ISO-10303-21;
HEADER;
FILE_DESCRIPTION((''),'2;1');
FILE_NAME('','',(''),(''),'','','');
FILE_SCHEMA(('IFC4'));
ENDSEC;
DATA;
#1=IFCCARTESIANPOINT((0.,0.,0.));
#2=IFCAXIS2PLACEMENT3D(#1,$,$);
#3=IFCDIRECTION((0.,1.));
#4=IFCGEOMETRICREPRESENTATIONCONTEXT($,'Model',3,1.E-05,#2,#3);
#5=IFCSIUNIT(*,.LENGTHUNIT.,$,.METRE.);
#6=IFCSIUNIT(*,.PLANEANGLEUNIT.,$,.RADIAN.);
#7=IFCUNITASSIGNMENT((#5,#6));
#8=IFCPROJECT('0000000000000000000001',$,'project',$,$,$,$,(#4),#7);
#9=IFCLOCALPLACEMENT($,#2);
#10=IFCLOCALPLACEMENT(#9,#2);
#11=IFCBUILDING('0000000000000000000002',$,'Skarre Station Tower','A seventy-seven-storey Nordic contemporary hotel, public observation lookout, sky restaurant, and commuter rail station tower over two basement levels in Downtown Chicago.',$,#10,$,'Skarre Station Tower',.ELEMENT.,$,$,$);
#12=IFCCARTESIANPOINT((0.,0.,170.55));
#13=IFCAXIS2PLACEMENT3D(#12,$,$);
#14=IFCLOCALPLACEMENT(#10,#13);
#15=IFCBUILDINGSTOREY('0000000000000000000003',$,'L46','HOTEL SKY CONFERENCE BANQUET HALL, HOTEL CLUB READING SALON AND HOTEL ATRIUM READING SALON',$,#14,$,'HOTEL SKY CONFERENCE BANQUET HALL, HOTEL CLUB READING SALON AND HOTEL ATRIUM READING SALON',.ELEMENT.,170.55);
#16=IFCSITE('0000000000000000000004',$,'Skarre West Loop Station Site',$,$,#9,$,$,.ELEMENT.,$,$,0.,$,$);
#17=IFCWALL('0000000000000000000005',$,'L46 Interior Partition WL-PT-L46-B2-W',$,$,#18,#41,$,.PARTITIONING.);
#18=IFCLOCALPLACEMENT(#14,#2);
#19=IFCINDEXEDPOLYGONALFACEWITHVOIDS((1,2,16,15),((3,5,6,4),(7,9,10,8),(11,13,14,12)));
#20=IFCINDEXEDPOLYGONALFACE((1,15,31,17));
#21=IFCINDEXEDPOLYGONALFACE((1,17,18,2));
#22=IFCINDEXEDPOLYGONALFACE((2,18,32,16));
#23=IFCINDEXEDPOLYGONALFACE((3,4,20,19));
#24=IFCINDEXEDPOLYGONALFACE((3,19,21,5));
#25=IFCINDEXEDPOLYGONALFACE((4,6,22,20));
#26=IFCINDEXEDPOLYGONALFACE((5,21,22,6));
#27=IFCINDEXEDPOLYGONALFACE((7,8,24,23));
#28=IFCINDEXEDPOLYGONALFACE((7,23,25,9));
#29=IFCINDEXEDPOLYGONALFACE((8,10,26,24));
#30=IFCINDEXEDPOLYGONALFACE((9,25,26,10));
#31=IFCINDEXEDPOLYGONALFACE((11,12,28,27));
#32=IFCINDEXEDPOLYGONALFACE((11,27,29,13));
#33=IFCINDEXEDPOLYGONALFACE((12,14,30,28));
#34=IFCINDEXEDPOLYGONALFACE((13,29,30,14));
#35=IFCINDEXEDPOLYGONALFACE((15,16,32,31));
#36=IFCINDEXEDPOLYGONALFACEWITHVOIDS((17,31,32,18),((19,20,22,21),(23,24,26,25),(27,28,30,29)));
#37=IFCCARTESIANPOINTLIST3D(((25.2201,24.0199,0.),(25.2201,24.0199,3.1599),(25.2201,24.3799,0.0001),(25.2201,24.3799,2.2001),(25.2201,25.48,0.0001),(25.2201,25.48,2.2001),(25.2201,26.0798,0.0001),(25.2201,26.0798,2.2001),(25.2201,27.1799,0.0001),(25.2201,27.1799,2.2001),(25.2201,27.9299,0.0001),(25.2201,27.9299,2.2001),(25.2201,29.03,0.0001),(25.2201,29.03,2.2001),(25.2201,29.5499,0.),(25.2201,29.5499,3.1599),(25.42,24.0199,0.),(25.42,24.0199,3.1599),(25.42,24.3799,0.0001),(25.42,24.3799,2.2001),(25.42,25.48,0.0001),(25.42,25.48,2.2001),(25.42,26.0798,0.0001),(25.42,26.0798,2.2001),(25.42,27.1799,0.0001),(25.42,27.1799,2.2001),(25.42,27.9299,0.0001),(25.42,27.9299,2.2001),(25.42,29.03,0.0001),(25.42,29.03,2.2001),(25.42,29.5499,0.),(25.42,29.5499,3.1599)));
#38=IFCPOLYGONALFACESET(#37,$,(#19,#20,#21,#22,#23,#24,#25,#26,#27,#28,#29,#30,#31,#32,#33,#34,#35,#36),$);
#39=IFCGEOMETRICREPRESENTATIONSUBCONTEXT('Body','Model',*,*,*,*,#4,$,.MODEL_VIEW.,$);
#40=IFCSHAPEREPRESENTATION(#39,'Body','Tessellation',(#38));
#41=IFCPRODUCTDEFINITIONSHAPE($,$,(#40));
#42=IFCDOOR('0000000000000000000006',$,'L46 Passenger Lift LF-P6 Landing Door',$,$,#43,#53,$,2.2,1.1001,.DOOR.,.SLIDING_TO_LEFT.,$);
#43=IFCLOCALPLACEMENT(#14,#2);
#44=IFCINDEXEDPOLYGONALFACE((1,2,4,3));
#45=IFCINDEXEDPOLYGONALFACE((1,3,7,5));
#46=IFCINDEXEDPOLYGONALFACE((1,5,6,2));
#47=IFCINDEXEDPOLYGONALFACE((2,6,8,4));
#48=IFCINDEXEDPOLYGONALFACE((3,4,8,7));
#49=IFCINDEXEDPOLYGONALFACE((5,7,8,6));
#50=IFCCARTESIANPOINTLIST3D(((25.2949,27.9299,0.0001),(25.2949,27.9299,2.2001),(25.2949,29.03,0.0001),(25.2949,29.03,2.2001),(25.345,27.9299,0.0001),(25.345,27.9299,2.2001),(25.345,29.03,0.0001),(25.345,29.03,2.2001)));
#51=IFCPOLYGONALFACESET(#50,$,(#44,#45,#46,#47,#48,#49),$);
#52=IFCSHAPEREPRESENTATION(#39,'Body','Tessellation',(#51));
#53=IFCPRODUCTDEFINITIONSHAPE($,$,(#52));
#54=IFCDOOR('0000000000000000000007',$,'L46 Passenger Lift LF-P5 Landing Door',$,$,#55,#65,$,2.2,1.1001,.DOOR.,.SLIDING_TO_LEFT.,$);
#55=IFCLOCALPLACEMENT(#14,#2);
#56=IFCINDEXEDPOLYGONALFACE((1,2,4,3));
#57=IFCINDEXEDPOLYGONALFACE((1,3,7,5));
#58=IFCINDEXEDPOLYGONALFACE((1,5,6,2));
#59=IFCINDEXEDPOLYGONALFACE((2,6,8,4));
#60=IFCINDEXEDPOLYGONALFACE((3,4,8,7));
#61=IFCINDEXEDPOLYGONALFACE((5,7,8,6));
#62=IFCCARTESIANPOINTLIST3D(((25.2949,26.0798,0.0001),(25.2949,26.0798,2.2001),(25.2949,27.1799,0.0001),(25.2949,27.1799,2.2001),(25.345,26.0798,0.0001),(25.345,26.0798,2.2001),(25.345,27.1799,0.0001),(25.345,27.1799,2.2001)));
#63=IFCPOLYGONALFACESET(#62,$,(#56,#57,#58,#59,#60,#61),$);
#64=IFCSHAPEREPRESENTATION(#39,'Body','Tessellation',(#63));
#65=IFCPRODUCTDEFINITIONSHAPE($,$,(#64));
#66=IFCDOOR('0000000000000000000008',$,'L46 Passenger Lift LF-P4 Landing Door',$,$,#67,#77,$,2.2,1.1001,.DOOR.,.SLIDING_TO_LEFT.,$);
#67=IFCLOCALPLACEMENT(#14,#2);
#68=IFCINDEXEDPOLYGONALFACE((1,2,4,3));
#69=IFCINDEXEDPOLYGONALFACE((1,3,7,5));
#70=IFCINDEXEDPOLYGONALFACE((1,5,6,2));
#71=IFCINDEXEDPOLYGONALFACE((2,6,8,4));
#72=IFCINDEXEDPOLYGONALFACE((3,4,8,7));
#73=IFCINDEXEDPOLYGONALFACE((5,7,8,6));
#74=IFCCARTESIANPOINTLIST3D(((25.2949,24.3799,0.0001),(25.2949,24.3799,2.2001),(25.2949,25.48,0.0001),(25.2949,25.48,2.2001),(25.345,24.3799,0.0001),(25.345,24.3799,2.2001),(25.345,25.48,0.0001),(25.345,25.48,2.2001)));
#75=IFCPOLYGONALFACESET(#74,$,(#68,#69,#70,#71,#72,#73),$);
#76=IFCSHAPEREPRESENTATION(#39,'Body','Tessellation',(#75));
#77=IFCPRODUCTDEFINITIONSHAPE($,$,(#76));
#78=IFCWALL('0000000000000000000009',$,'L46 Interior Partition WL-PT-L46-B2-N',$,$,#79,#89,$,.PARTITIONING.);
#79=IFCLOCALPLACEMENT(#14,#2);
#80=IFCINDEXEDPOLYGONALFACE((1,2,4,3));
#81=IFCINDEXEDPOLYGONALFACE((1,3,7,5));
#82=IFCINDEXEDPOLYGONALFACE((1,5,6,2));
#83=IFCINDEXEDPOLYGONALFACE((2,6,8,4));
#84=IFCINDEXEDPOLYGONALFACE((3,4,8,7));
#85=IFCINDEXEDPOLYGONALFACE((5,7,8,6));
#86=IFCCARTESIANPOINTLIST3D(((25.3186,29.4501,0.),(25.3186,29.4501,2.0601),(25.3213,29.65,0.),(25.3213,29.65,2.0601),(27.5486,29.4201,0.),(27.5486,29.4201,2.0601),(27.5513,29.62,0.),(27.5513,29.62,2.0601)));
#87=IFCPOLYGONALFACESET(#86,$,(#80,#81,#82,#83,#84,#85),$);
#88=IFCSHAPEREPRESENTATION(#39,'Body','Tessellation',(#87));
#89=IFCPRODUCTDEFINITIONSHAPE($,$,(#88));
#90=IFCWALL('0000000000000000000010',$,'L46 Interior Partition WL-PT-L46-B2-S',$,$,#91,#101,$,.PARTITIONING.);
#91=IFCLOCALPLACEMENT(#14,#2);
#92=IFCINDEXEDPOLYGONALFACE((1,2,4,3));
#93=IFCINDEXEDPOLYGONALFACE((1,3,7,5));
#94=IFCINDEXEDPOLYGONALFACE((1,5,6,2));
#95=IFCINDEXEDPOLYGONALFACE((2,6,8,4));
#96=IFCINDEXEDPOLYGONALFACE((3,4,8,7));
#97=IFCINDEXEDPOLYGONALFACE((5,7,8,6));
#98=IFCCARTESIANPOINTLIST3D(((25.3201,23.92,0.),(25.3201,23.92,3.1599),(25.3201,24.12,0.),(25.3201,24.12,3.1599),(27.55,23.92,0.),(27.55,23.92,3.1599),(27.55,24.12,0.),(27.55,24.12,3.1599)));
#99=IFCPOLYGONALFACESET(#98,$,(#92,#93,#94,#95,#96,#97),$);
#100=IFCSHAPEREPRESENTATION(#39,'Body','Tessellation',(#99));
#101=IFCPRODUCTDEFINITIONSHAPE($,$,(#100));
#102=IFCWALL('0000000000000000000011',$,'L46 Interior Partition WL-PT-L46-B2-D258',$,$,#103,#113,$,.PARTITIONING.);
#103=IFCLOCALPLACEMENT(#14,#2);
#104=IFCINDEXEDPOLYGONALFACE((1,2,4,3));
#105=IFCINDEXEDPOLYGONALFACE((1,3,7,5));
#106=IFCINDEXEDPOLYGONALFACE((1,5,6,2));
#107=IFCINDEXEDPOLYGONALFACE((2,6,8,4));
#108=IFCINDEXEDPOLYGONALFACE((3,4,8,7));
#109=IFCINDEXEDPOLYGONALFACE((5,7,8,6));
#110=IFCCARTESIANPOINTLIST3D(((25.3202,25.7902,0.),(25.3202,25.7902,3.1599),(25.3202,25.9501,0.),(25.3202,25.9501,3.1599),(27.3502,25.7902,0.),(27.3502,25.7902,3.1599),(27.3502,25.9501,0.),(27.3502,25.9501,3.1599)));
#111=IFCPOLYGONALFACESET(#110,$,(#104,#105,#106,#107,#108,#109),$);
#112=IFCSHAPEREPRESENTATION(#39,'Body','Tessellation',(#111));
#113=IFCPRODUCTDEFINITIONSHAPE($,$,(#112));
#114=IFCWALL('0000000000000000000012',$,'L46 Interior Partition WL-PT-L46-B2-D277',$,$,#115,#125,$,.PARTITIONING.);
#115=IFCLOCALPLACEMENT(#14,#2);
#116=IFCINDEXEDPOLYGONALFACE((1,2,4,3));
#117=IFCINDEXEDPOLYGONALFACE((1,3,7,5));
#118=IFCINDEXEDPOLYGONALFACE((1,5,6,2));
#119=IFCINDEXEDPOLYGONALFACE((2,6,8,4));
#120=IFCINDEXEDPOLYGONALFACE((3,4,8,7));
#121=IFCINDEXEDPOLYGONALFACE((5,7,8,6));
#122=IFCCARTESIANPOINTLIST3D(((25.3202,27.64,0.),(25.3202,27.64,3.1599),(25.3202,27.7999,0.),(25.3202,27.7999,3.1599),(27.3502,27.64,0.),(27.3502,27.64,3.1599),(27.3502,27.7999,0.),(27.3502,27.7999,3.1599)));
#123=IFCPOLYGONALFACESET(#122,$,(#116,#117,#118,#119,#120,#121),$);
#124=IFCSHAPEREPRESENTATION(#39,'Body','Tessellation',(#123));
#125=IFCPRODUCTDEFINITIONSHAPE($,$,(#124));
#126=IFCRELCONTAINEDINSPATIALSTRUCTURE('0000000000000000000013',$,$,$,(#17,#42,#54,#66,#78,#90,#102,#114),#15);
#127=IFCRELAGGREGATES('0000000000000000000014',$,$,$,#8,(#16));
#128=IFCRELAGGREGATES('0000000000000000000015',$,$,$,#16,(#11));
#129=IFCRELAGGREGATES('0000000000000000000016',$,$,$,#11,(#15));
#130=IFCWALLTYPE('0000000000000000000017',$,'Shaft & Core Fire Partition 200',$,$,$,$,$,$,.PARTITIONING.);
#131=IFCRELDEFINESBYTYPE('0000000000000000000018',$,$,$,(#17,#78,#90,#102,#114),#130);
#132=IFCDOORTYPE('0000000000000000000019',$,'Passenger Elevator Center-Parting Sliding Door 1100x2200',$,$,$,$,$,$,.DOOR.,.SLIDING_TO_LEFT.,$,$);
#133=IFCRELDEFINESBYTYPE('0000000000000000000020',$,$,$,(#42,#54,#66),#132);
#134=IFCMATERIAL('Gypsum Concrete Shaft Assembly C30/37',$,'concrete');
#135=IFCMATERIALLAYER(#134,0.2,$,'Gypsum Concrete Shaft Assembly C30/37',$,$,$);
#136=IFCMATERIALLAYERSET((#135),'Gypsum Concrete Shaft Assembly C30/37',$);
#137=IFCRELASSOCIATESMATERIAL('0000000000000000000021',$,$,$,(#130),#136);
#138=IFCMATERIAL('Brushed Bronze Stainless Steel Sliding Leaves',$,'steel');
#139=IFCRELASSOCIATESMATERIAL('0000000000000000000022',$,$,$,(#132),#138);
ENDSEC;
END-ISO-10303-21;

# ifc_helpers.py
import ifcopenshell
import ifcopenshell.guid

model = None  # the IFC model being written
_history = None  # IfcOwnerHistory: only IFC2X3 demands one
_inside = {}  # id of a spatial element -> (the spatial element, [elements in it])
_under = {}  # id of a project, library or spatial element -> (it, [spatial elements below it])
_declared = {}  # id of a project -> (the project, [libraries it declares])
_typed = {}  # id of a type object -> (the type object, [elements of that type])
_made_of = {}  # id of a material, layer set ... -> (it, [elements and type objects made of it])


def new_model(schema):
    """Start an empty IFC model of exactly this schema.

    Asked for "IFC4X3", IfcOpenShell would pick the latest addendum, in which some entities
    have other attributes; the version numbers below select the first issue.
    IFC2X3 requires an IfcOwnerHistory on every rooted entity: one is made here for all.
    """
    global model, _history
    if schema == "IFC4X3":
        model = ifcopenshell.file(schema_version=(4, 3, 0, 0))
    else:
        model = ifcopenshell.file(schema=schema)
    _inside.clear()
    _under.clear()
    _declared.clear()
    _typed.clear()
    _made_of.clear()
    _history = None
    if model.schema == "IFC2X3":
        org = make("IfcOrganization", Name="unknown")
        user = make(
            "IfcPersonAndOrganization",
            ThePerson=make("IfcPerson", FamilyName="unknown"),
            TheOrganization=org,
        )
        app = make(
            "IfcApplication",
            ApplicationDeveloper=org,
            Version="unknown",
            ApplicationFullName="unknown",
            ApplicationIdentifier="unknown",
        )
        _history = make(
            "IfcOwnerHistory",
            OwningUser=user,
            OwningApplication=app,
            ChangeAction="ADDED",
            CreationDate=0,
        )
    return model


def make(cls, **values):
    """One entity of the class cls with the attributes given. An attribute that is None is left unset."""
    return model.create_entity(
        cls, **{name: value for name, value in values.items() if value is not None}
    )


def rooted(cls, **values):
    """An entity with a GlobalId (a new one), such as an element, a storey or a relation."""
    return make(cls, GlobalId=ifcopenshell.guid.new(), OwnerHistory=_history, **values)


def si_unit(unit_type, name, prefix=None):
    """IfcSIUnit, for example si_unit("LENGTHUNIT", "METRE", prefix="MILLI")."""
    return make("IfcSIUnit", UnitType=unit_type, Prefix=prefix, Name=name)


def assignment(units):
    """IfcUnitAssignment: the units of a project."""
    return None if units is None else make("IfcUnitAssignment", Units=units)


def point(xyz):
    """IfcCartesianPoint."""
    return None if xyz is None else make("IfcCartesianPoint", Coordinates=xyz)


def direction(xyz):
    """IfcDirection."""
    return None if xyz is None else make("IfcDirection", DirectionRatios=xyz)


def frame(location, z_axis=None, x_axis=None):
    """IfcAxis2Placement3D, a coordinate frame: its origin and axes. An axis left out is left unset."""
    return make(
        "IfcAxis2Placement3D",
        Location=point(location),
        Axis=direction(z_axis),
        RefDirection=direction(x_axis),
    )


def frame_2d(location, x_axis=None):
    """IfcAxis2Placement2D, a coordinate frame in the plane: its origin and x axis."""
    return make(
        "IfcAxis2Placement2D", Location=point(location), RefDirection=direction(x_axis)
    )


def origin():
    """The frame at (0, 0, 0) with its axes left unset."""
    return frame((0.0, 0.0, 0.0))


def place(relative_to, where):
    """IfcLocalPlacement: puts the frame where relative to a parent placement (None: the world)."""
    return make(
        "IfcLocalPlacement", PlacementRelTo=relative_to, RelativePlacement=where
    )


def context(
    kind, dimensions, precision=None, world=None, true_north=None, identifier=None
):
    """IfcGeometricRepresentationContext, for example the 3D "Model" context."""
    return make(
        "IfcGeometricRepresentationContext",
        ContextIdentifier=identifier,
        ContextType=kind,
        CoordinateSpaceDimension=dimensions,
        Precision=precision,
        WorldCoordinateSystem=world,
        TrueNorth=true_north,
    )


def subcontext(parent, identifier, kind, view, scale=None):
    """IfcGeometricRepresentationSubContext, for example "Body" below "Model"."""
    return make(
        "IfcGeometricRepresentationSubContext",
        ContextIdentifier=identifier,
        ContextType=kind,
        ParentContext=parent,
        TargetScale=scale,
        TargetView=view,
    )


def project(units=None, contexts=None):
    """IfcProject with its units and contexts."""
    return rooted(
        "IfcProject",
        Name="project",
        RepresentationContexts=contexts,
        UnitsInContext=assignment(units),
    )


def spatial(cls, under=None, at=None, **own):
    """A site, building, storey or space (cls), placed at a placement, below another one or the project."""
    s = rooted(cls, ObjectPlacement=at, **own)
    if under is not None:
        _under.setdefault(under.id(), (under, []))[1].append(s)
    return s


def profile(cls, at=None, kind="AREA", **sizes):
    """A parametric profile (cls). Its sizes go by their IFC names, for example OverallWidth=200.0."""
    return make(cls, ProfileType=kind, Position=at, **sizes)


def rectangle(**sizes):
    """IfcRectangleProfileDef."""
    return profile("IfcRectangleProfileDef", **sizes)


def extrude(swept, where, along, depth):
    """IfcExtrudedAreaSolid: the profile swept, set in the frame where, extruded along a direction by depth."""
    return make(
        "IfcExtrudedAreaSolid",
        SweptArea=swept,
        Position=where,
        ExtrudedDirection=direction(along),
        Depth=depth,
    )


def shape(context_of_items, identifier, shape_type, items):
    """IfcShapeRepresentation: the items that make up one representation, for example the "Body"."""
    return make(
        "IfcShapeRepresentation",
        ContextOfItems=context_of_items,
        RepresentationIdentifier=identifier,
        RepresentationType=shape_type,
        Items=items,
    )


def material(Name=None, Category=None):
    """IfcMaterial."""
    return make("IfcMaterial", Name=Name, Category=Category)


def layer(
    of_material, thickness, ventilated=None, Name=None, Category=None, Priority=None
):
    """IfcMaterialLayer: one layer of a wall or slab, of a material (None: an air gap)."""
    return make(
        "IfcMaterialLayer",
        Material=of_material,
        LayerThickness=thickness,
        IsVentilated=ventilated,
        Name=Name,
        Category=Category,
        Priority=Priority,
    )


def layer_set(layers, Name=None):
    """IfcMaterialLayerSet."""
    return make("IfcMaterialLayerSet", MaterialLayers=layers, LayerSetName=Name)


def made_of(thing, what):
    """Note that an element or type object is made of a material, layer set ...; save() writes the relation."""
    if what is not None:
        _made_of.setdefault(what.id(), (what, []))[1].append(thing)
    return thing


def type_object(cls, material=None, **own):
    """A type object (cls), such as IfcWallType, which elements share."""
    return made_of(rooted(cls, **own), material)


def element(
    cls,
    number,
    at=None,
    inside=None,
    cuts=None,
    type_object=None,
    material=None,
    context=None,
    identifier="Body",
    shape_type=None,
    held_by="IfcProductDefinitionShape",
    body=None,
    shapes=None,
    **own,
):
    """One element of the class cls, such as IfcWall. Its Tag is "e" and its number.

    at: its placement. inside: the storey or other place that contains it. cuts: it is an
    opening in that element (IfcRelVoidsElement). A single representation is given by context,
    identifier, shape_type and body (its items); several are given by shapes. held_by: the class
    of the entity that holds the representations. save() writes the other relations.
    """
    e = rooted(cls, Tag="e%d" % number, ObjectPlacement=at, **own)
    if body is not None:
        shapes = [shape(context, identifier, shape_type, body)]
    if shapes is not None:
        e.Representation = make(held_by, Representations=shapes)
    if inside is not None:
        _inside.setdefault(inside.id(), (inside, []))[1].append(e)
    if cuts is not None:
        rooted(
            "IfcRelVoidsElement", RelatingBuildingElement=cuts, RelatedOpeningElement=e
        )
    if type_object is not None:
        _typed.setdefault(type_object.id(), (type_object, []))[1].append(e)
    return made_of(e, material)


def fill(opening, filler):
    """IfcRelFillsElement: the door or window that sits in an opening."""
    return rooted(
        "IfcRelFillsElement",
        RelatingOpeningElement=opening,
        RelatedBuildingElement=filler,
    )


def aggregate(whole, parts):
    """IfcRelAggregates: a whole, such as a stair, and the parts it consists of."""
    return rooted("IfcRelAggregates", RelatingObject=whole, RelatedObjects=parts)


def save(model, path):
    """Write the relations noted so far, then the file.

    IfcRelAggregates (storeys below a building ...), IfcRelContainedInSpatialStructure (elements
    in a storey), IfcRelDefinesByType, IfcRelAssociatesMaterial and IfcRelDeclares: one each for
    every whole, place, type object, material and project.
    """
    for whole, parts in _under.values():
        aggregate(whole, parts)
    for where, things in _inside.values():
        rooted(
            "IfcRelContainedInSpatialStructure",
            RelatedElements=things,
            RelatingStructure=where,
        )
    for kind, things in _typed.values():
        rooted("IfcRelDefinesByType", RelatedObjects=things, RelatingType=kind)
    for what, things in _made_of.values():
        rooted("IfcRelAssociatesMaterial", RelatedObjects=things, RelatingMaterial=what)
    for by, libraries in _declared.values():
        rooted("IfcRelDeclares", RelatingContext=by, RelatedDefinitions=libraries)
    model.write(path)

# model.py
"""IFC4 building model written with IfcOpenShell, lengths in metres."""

from ifc_helpers import new_model, si_unit, direction, frame, frame_2d, origin, place, context, subcontext, project, spatial, rectangle, extrude, material, layer, layer_set, type_object, element, fill, save


model = new_model("IFC4")

# Units and contexts
model_context = context("Model", 3, precision=1e-05, world=origin(), true_north=direction((0.0, 1.0)))
body_context = subcontext(model_context, "Body", "Model", "MODEL_VIEW")
ifc_project = project(units=[si_unit("LENGTHUNIT", "METRE"), si_unit("PLANEANGLEUNIT", "RADIAN")], contexts=[model_context])

# Site, building, storey
site_placement = place(None, origin())
site = spatial("IfcSite", under=ifc_project, at=site_placement, Name="Skarre West Loop Station Site", CompositionType="ELEMENT", RefElevation=0.0)
building_placement = place(site_placement, origin())
building = spatial("IfcBuilding", under=site, at=building_placement, Name="Skarre Station Tower", Description="A seventy-seven-storey Nordic contemporary hotel, public observation lookout, sky restaurant, and commuter rail station tower over two basement levels in Downtown Chicago.", LongName="Skarre Station Tower", CompositionType="ELEMENT")
storey_placement = place(building_placement, frame((0.0, 0.0, 170.55)))
storey = spatial("IfcBuildingStorey", under=building, at=storey_placement, Name="L46", Description="HOTEL SKY CONFERENCE BANQUET HALL, HOTEL CLUB READING SALON AND HOTEL ATRIUM READING SALON", LongName="HOTEL SKY CONFERENCE BANQUET HALL, HOTEL CLUB READING SALON AND HOTEL ATRIUM READING SALON", CompositionType="ELEMENT", Elevation=170.55)

# Shared definitions
ifc_material_1 = material(Name="Gypsum Concrete Shaft Assembly C30/37", Category="concrete")
ifc_layer_1 = layer(ifc_material_1, 0.2, Name="Gypsum Concrete Shaft Assembly C30/37")
ifc_layer_set_1 = layer_set([ifc_layer_1], Name="Gypsum Concrete Shaft Assembly C30/37")
wall_type_1 = type_object("IfcWallType", Name="Shaft & Core Fire Partition 200", PredefinedType="PARTITIONING", material=ifc_layer_set_1)

# Wall, openings, doors
wall_1_placement = place(storey_placement, frame((25.3201, 29.55, 0.0), z_axis=(0.0, 0.0, 1.0), x_axis=(0.0, -1.0, 0.0)))
wall_1 = element("IfcWall", 1, at=wall_1_placement, inside=storey, type_object=wall_type_1, Name="L46 Interior Partition WL-PT-L46-B2-W", PredefinedType="PARTITIONING", context=body_context, shape_type="SweptSolid", body=[
    extrude(rectangle(XDim=5.53, YDim=0.2, at=frame_2d((2.7651, 0.0))), origin(), (0.0, 0.0, 1.0), 3.1599),
])
opening_1_placement = place(wall_1_placement, frame((0.52, 0.0, 0.0)))
opening_1 = element("IfcOpeningElement", 2, at=opening_1_placement, cuts=wall_1, PredefinedType="OPENING", context=body_context, shape_type="SweptSolid", body=[
    extrude(rectangle(XDim=1.1001, YDim=2.2, at=frame_2d((0.55, 1.1001))), frame((0.0, 0.1099, 0.0), z_axis=(0.0, -1.0, 0.0), x_axis=(1.0, 0.0, 0.0)), (0.0, 0.0, 1.0), 0.22),
])
opening_2_placement = place(wall_1_placement, frame((2.3701, 0.0, 0.0)))
opening_2 = element("IfcOpeningElement", 3, at=opening_2_placement, cuts=wall_1, PredefinedType="OPENING", context=body_context, shape_type="SweptSolid", body=[
    extrude(rectangle(XDim=1.1001, YDim=2.2, at=frame_2d((0.55, 1.1001))), frame((0.0, 0.1099, 0.0), z_axis=(0.0, -1.0, 0.0), x_axis=(1.0, 0.0, 0.0)), (0.0, 0.0, 1.0), 0.22),
])
opening_3_placement = place(wall_1_placement, frame((4.0701, 0.0, 0.0)))
opening_3 = element("IfcOpeningElement", 4, at=opening_3_placement, cuts=wall_1, PredefinedType="OPENING", context=body_context, shape_type="SweptSolid", body=[
    extrude(rectangle(XDim=1.1001, YDim=2.2, at=frame_2d((0.55, 1.1001))), frame((0.0, 0.1099, 0.0), z_axis=(0.0, -1.0, 0.0), x_axis=(1.0, 0.0, 0.0)), (0.0, 0.0, 1.0), 0.22),
])
ifc_material_2 = material(Name="Brushed Bronze Stainless Steel Sliding Leaves", Category="steel")
door_type_1 = type_object("IfcDoorType", Name="Passenger Elevator Center-Parting Sliding Door 1100x2200", OperationType="SLIDING_TO_LEFT", PredefinedType="DOOR", material=ifc_material_2)
door_1_placement = place(opening_1_placement, origin())
door_1 = element("IfcDoor", 5, at=door_1_placement, inside=storey, type_object=door_type_1, Name="L46 Passenger Lift LF-P6 Landing Door", OperationType="SLIDING_TO_LEFT", OverallHeight=2.2, OverallWidth=1.1001, PredefinedType="DOOR", context=body_context, shape_type="SweptSolid", body=[
    extrude(rectangle(XDim=1.1001, YDim=2.2, at=frame_2d((0.55, 1.1001))), frame((0.0, 0.0249, 0.0), z_axis=(0.0, -1.0, 0.0), x_axis=(1.0, 0.0, 0.0)), (0.0, 0.0, 1.0), 0.05),
])
fill(opening_1, door_1)
door_2_placement = place(opening_2_placement, origin())
door_2 = element("IfcDoor", 6, at=door_2_placement, inside=storey, type_object=door_type_1, Name="L46 Passenger Lift LF-P5 Landing Door", OperationType="SLIDING_TO_LEFT", OverallHeight=2.2, OverallWidth=1.1001, PredefinedType="DOOR", context=body_context, shape_type="SweptSolid", body=[
    extrude(rectangle(XDim=1.1001, YDim=2.2, at=frame_2d((0.55, 1.1001))), frame((0.0, 0.0249, 0.0), z_axis=(0.0, -1.0, 0.0), x_axis=(1.0, 0.0, 0.0)), (0.0, 0.0, 1.0), 0.05),
])
fill(opening_2, door_2)
door_3_placement = place(opening_3_placement, origin())
door_3 = element("IfcDoor", 7, at=door_3_placement, inside=storey, type_object=door_type_1, Name="L46 Passenger Lift LF-P4 Landing Door", OperationType="SLIDING_TO_LEFT", OverallHeight=2.2, OverallWidth=1.1001, PredefinedType="DOOR", context=body_context, shape_type="SweptSolid", body=[
    extrude(rectangle(XDim=1.1001, YDim=2.2, at=frame_2d((0.55, 1.1001))), frame((0.0, 0.0249, 0.0), z_axis=(0.0, -1.0, 0.0), x_axis=(1.0, 0.0, 0.0)), (0.0, 0.0, 1.0), 0.05),
])
fill(opening_3, door_3)

# Walls
wall_2_placement = place(storey_placement, frame((27.55, 29.52, 0.0), z_axis=(0.0, 0.0, 1.0), x_axis=(-0.999909, 0.013465, 0.0)))
element("IfcWall", 8, at=wall_2_placement, inside=storey, type_object=wall_type_1, Name="L46 Interior Partition WL-PT-L46-B2-N", PredefinedType="PARTITIONING", context=body_context, shape_type="SweptSolid", body=[
    extrude(rectangle(XDim=2.2302, YDim=0.2, at=frame_2d((1.1152, 0.0))), origin(), (0.0, 0.0, 1.0), 2.0601),
])
wall_3_placement = place(storey_placement, frame((25.3201, 24.02, 0.0), z_axis=(0.0, 0.0, 1.0), x_axis=(1.0, 0.0, 0.0)))
element("IfcWall", 9, at=wall_3_placement, inside=storey, type_object=wall_type_1, Name="L46 Interior Partition WL-PT-L46-B2-S", PredefinedType="PARTITIONING", context=body_context, shape_type="SweptSolid", body=[
    extrude(rectangle(XDim=2.23, YDim=0.2, at=frame_2d((1.115, 0.0))), origin(), (0.0, 0.0, 1.0), 3.1599),
])
for number, where, z_axis, x_axis, name in (
    (10, (25.3201, 25.8701, 0.0), (0.0, 0.0, 1.0), (1.0, 0.0, 0.0), "L46 Interior Partition WL-PT-L46-B2-D258"),
    (11, (25.3201, 27.72, 0.0), (0.0, 0.0, 1.0), (1.0, 0.0, 0.0), "L46 Interior Partition WL-PT-L46-B2-D277"),
):
    element("IfcWall", number, at=place(storey_placement, frame(where, z_axis=z_axis, x_axis=x_axis)), inside=storey, type_object=wall_type_1, Name=name, PredefinedType="PARTITIONING", context=body_context, shape_type="SweptSolid", body=[
        extrude(rectangle(XDim=2.03, YDim=0.1599, at=frame_2d((1.0151, 0.0))), origin(), (0.0, 0.0, 1.0), 3.1599),
    ])

save(model, "model.ifc")
